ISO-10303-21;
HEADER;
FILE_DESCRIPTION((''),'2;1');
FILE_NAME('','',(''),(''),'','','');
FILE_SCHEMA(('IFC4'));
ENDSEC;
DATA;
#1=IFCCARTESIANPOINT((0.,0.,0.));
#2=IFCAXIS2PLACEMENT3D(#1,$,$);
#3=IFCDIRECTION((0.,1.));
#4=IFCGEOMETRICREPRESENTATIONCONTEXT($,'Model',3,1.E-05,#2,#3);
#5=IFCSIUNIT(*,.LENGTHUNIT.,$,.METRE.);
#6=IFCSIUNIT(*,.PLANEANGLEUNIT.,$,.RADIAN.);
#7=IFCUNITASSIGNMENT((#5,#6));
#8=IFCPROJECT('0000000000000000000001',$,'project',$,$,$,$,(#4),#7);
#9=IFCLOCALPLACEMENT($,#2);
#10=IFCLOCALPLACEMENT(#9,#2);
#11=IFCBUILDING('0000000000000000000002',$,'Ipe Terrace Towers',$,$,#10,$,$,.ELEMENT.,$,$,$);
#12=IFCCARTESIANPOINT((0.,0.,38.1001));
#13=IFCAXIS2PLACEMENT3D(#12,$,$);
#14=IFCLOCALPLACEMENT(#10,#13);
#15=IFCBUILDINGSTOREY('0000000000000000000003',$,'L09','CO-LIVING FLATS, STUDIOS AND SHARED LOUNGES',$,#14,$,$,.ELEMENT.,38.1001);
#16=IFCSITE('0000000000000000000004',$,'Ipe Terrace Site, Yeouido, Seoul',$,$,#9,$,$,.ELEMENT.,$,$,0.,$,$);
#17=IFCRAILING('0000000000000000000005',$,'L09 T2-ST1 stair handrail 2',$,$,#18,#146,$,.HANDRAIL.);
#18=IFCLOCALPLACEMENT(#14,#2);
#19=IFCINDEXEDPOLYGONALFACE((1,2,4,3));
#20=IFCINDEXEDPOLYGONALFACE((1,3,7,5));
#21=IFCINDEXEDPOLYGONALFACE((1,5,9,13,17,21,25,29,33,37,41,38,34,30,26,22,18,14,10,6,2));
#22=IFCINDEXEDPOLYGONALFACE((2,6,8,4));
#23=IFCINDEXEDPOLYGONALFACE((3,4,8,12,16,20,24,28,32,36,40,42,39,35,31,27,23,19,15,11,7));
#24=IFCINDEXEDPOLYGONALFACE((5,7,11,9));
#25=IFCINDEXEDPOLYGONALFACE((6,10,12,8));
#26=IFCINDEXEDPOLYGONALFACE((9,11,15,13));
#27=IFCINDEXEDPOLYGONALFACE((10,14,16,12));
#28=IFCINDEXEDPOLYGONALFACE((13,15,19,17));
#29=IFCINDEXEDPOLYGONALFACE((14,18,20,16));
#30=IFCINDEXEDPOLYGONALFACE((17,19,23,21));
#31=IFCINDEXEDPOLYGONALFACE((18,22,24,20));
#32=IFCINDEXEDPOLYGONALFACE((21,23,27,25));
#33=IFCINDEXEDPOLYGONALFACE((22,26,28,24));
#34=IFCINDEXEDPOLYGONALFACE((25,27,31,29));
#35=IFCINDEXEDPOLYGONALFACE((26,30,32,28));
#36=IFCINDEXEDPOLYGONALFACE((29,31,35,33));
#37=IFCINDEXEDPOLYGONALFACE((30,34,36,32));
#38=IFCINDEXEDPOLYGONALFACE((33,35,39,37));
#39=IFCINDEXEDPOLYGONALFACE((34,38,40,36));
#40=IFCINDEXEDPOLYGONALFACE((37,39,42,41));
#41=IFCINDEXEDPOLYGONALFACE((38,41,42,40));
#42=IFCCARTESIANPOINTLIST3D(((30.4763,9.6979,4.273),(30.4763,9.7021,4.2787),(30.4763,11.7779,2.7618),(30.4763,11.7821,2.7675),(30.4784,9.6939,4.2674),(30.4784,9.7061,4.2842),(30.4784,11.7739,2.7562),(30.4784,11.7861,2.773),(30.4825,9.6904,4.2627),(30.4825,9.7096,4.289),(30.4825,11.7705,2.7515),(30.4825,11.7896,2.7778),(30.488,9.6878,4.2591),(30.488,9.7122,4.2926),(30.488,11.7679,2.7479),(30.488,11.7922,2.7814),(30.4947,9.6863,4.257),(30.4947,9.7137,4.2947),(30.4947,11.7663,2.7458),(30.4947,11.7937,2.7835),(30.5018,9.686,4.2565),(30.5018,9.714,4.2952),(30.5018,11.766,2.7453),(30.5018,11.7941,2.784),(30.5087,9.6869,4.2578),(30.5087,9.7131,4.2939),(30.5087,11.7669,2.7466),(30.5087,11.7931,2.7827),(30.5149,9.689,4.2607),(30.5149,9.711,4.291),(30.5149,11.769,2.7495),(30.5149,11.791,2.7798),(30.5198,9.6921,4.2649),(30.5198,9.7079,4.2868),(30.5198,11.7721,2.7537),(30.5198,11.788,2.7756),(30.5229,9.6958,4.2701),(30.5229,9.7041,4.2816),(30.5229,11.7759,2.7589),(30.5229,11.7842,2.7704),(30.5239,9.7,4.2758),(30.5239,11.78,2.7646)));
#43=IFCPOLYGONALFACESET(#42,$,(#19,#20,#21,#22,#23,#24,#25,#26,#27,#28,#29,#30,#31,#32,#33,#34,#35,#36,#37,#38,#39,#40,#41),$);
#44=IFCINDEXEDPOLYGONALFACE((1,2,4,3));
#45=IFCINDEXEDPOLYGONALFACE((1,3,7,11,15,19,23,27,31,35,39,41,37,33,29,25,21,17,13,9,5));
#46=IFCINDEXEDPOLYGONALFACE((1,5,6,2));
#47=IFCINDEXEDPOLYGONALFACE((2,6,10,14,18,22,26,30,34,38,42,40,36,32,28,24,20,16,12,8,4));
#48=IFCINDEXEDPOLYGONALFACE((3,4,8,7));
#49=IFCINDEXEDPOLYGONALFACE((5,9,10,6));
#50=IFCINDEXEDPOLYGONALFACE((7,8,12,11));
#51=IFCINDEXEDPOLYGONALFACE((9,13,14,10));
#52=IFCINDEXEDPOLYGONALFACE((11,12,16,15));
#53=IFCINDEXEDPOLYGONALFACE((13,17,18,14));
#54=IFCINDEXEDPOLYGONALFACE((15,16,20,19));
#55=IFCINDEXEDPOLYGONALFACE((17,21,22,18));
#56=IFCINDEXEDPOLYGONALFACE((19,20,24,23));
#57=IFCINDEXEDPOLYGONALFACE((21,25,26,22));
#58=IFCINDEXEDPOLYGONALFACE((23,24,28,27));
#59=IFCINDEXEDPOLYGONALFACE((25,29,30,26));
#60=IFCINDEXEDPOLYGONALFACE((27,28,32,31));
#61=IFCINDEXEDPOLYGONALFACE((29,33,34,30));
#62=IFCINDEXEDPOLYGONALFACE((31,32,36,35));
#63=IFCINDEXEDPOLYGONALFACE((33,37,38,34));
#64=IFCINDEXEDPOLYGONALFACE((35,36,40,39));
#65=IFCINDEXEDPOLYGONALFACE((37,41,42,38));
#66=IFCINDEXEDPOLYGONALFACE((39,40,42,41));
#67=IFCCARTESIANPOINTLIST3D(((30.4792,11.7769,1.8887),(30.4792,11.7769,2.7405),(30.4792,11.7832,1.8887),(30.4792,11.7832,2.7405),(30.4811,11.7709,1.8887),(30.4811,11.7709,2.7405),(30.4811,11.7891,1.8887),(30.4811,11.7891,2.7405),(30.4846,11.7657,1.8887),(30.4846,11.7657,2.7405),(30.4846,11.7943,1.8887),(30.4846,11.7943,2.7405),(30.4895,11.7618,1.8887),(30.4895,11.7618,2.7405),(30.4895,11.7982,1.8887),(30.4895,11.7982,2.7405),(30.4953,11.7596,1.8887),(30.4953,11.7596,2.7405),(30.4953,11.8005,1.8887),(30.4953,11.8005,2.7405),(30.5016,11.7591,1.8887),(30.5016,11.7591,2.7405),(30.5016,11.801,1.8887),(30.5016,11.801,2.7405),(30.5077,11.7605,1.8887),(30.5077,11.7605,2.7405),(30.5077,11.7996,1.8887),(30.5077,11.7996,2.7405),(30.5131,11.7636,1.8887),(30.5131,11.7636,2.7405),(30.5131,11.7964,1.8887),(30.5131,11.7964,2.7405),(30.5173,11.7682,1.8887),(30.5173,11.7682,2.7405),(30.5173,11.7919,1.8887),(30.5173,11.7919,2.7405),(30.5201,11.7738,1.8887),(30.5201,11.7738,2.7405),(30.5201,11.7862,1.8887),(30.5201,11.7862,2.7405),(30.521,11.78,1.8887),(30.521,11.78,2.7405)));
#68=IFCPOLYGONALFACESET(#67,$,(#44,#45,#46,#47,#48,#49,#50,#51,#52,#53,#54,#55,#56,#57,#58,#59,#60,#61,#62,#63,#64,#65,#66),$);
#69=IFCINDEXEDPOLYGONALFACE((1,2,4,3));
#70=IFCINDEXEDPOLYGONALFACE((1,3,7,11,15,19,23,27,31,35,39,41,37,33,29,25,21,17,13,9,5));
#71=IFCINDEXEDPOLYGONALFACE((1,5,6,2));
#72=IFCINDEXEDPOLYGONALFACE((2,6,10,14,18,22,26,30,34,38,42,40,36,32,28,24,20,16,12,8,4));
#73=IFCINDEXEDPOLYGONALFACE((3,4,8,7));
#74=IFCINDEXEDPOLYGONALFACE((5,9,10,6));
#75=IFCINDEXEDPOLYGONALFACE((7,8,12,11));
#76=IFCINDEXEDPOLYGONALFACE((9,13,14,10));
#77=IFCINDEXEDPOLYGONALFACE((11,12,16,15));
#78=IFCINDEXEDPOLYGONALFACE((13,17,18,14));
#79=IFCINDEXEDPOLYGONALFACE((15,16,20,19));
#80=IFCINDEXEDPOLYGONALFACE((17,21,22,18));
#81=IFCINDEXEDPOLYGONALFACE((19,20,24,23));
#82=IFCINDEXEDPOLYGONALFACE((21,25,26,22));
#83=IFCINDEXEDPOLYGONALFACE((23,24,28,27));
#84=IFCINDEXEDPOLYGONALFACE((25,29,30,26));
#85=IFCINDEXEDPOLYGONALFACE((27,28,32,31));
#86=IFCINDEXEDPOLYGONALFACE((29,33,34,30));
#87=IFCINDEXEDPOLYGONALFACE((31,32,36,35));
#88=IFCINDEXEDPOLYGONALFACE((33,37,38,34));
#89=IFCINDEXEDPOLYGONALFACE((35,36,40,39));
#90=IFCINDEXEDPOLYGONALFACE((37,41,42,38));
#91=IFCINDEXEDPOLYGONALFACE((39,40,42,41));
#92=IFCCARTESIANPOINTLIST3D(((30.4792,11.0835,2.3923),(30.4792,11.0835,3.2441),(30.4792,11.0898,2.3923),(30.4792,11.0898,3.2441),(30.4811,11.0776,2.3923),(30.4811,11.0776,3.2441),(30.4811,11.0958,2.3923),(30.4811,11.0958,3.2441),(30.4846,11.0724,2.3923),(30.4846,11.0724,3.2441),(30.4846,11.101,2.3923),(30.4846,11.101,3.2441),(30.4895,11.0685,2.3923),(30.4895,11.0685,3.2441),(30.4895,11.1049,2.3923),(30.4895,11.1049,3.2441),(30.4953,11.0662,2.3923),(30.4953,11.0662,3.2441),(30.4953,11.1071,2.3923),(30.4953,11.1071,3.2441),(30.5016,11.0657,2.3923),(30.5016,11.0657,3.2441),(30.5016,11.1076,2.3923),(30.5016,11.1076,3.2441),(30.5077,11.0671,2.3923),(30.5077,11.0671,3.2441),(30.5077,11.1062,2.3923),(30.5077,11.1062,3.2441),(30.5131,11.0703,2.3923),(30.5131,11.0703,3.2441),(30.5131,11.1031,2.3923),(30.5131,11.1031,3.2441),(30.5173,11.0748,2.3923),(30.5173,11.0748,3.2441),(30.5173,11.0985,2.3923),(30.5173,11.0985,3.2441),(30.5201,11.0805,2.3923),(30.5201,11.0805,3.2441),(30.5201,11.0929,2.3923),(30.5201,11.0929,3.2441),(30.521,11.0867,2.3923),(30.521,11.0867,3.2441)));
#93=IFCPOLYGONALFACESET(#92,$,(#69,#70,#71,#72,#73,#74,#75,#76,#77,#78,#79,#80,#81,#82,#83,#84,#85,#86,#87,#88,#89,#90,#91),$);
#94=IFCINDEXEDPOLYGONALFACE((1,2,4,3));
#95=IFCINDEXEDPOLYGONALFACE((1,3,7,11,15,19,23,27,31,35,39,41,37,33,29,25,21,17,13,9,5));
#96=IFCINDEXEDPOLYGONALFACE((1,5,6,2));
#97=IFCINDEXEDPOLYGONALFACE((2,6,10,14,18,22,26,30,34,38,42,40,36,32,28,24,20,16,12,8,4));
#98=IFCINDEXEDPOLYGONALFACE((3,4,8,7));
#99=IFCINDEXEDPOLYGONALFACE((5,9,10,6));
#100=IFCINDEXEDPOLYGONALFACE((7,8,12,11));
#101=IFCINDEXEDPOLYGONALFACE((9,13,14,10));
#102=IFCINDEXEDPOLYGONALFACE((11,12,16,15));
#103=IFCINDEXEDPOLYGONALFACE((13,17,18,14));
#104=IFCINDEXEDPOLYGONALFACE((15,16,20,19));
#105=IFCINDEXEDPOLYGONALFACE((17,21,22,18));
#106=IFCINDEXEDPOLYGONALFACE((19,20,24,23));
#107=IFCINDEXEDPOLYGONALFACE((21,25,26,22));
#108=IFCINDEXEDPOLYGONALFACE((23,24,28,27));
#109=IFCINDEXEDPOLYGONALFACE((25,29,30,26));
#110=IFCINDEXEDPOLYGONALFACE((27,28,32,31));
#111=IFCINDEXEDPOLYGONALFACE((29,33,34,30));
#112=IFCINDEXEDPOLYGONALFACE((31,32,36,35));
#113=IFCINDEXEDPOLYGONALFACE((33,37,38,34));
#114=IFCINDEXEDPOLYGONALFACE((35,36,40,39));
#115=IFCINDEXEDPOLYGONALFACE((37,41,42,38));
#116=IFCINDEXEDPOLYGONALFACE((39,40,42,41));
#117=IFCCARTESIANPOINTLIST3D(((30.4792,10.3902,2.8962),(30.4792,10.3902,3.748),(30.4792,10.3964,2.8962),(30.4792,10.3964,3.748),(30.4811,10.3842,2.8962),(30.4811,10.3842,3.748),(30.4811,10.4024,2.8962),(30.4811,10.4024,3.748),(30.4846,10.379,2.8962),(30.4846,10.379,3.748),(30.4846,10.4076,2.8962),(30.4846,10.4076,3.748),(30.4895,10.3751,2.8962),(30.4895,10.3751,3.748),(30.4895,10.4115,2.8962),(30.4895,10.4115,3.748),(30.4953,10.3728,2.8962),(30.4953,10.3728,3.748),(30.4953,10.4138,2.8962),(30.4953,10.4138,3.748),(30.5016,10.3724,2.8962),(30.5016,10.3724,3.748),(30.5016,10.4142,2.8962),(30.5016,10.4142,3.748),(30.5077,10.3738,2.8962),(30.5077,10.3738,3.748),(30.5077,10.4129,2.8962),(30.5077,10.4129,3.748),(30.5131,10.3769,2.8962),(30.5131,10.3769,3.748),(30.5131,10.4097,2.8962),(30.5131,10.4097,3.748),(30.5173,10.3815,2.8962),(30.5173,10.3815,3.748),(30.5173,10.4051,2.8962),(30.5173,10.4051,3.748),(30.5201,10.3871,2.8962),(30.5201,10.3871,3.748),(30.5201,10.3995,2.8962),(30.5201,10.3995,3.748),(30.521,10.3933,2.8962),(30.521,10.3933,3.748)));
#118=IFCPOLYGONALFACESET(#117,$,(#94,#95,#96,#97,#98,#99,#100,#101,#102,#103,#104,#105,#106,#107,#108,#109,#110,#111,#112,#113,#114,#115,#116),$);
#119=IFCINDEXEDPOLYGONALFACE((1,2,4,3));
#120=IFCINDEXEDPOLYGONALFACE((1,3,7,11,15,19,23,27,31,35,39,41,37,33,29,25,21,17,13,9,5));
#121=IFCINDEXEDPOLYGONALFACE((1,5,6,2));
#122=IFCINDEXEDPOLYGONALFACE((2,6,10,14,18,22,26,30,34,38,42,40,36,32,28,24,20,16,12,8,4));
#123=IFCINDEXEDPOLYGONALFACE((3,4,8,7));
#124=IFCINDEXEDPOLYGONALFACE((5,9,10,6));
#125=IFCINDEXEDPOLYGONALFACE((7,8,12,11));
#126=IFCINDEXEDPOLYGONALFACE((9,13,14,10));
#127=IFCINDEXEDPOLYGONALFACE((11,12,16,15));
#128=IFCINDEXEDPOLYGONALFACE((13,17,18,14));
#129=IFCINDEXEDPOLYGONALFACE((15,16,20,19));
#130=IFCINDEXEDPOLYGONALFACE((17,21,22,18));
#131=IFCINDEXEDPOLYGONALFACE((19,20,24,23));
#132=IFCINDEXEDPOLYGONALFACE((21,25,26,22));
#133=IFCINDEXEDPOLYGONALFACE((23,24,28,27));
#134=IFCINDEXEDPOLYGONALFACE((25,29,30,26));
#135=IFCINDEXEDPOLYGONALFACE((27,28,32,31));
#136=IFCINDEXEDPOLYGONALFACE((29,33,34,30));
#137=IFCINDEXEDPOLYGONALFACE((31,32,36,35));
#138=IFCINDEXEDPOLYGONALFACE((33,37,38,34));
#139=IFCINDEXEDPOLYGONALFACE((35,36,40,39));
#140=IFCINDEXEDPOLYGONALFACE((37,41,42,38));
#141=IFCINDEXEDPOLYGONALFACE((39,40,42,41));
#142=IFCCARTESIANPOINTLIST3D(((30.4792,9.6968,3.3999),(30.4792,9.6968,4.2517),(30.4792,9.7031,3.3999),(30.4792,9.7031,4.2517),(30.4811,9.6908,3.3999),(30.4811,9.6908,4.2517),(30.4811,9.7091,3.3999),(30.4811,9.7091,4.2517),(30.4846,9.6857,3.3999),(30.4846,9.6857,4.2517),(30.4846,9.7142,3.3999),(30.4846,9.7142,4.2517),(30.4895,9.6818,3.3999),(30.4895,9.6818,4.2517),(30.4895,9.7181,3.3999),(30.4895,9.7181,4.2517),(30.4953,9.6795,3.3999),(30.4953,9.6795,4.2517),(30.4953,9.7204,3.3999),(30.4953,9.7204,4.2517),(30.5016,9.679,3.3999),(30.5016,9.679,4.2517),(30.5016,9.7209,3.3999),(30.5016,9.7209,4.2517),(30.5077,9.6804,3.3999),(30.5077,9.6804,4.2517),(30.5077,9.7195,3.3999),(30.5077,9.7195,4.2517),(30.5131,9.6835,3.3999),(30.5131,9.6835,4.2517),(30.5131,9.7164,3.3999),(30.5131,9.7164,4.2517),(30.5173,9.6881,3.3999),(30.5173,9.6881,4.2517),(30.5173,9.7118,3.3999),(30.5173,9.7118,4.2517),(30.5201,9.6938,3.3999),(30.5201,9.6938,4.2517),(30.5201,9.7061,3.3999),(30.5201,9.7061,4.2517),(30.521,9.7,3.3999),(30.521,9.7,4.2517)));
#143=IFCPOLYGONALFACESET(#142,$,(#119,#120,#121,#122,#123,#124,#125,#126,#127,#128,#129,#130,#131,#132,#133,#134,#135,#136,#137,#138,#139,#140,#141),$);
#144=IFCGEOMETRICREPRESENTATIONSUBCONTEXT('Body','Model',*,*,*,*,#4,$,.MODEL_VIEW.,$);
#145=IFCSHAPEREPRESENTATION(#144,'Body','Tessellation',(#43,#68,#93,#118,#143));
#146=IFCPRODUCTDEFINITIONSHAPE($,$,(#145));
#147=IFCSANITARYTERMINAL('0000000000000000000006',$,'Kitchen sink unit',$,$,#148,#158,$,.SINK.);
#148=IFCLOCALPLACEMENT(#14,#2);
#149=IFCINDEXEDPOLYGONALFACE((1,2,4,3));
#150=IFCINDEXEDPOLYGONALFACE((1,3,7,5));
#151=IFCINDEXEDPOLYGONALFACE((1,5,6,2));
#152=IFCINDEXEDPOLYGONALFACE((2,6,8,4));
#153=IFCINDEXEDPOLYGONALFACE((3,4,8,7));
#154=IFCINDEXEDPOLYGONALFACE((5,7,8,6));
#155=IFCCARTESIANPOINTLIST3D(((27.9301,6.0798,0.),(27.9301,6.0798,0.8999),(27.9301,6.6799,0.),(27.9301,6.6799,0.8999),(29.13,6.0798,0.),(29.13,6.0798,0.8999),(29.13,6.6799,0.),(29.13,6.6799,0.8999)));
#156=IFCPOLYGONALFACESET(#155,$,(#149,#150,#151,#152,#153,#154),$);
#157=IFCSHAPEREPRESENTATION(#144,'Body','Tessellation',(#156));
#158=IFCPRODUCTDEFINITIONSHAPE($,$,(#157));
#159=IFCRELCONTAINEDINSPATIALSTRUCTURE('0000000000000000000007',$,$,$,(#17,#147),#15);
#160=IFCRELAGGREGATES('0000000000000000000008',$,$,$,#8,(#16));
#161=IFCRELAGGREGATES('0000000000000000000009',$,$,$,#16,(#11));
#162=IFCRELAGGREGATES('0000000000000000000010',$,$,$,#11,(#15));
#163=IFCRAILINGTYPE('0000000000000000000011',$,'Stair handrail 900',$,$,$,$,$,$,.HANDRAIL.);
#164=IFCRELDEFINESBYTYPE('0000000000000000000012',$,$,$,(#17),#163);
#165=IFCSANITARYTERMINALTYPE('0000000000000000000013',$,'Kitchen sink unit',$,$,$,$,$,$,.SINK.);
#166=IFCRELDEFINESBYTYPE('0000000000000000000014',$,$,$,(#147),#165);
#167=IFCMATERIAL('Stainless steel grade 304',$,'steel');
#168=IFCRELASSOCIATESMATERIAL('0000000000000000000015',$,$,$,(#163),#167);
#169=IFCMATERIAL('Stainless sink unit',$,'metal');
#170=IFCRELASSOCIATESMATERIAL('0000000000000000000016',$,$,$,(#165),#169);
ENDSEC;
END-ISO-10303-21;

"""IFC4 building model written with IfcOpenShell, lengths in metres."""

from ifc_helpers import new_model, si_unit, direction, frame, origin, origin_2d, place, context, subcontext, project, spatial, rectangle, circle, extrude, material, type_object, element, save


model = new_model("IFC4")

# Units and contexts
model_context = context("Model", 3, precision=1e-05, world=origin(), true_north=direction((0.0, 1.0)))
body_context = subcontext(model_context, "Body", "Model", "MODEL_VIEW")
ifc_project = project(units=[si_unit("LENGTHUNIT", "METRE"), si_unit("PLANEANGLEUNIT", "RADIAN")], contexts=[model_context])

# Site, building, storey
site_placement = place(None, origin())
site = spatial("IfcSite", under=ifc_project, at=site_placement, Name="Ipe Terrace Site, Yeouido, Seoul", CompositionType="ELEMENT", RefElevation=0.0)
building_placement = place(site_placement, origin())
building = spatial("IfcBuilding", under=site, at=building_placement, Name="Ipe Terrace Towers", CompositionType="ELEMENT")
storey_placement = place(building_placement, frame((0.0, 0.0, 38.1001)))
storey = spatial("IfcBuildingStorey", under=building, at=storey_placement, Name="L09", Description="CO-LIVING FLATS, STUDIOS AND SHARED LOUNGES", CompositionType="ELEMENT", Elevation=38.1001)

# Railing
ifc_material_1 = material(Name="Stainless steel grade 304", Category="steel")
railing_type_1 = type_object("IfcRailingType", Name="Stair handrail 900", PredefinedType="HANDRAIL", material=ifc_material_1)
railing_1_placement = place(storey_placement, frame((30.5, 11.78, 1.8887)))
element("IfcRailing", 1, at=railing_1_placement, inside=storey, type_object=railing_type_1, Name="L09 T2-ST1 stair handrail 2", PredefinedType="HANDRAIL", context=body_context, shape_type="SweptSolid", body=[
    extrude(circle(Radius=0.0239, at=origin_2d()), frame((0.0, 0.0, 0.876), z_axis=(0.0, -0.809023, 0.587776), x_axis=(1.0, 0.0, 0.0)), (0.0, 0.0, 1.0), 2.571),
    extrude(circle(Radius=0.021, at=origin_2d()), origin(), (0.0, 0.0, 1.0), 0.8518),
    extrude(circle(Radius=0.021, at=origin_2d()), frame((0.0, -0.6934, 0.5037)), (0.0, 0.0, 1.0), 0.8518),
    extrude(circle(Radius=0.021, at=origin_2d()), frame((0.0, -1.3867, 1.0076)), (0.0, 0.0, 1.0), 0.8518),
    extrude(circle(Radius=0.021, at=origin_2d()), frame((0.0, -2.0801, 1.5112)), (0.0, 0.0, 1.0), 0.8518),
])

# Sanitary terminal
ifc_material_2 = material(Name="Stainless sink unit", Category="metal")
sanitary_terminal_type = type_object("IfcSanitaryTerminalType", Name="Kitchen sink unit", PredefinedType="SINK", material=ifc_material_2)
sanitary_terminal_placement = place(storey_placement, frame((28.53, 6.3799, 0.0), z_axis=(0.0, 0.0, 1.0), x_axis=(1.0, 0.0, 0.0)))
element("IfcSanitaryTerminal", 2, at=sanitary_terminal_placement, inside=storey, type_object=sanitary_terminal_type, Name="Kitchen sink unit", PredefinedType="SINK", context=body_context, shape_type="SweptSolid", body=[
    extrude(rectangle(XDim=1.2, YDim=0.6001, at=origin_2d()), origin(), (0.0, 0.0, 1.0), 0.8999),
])

save(model, "model.ifc")
